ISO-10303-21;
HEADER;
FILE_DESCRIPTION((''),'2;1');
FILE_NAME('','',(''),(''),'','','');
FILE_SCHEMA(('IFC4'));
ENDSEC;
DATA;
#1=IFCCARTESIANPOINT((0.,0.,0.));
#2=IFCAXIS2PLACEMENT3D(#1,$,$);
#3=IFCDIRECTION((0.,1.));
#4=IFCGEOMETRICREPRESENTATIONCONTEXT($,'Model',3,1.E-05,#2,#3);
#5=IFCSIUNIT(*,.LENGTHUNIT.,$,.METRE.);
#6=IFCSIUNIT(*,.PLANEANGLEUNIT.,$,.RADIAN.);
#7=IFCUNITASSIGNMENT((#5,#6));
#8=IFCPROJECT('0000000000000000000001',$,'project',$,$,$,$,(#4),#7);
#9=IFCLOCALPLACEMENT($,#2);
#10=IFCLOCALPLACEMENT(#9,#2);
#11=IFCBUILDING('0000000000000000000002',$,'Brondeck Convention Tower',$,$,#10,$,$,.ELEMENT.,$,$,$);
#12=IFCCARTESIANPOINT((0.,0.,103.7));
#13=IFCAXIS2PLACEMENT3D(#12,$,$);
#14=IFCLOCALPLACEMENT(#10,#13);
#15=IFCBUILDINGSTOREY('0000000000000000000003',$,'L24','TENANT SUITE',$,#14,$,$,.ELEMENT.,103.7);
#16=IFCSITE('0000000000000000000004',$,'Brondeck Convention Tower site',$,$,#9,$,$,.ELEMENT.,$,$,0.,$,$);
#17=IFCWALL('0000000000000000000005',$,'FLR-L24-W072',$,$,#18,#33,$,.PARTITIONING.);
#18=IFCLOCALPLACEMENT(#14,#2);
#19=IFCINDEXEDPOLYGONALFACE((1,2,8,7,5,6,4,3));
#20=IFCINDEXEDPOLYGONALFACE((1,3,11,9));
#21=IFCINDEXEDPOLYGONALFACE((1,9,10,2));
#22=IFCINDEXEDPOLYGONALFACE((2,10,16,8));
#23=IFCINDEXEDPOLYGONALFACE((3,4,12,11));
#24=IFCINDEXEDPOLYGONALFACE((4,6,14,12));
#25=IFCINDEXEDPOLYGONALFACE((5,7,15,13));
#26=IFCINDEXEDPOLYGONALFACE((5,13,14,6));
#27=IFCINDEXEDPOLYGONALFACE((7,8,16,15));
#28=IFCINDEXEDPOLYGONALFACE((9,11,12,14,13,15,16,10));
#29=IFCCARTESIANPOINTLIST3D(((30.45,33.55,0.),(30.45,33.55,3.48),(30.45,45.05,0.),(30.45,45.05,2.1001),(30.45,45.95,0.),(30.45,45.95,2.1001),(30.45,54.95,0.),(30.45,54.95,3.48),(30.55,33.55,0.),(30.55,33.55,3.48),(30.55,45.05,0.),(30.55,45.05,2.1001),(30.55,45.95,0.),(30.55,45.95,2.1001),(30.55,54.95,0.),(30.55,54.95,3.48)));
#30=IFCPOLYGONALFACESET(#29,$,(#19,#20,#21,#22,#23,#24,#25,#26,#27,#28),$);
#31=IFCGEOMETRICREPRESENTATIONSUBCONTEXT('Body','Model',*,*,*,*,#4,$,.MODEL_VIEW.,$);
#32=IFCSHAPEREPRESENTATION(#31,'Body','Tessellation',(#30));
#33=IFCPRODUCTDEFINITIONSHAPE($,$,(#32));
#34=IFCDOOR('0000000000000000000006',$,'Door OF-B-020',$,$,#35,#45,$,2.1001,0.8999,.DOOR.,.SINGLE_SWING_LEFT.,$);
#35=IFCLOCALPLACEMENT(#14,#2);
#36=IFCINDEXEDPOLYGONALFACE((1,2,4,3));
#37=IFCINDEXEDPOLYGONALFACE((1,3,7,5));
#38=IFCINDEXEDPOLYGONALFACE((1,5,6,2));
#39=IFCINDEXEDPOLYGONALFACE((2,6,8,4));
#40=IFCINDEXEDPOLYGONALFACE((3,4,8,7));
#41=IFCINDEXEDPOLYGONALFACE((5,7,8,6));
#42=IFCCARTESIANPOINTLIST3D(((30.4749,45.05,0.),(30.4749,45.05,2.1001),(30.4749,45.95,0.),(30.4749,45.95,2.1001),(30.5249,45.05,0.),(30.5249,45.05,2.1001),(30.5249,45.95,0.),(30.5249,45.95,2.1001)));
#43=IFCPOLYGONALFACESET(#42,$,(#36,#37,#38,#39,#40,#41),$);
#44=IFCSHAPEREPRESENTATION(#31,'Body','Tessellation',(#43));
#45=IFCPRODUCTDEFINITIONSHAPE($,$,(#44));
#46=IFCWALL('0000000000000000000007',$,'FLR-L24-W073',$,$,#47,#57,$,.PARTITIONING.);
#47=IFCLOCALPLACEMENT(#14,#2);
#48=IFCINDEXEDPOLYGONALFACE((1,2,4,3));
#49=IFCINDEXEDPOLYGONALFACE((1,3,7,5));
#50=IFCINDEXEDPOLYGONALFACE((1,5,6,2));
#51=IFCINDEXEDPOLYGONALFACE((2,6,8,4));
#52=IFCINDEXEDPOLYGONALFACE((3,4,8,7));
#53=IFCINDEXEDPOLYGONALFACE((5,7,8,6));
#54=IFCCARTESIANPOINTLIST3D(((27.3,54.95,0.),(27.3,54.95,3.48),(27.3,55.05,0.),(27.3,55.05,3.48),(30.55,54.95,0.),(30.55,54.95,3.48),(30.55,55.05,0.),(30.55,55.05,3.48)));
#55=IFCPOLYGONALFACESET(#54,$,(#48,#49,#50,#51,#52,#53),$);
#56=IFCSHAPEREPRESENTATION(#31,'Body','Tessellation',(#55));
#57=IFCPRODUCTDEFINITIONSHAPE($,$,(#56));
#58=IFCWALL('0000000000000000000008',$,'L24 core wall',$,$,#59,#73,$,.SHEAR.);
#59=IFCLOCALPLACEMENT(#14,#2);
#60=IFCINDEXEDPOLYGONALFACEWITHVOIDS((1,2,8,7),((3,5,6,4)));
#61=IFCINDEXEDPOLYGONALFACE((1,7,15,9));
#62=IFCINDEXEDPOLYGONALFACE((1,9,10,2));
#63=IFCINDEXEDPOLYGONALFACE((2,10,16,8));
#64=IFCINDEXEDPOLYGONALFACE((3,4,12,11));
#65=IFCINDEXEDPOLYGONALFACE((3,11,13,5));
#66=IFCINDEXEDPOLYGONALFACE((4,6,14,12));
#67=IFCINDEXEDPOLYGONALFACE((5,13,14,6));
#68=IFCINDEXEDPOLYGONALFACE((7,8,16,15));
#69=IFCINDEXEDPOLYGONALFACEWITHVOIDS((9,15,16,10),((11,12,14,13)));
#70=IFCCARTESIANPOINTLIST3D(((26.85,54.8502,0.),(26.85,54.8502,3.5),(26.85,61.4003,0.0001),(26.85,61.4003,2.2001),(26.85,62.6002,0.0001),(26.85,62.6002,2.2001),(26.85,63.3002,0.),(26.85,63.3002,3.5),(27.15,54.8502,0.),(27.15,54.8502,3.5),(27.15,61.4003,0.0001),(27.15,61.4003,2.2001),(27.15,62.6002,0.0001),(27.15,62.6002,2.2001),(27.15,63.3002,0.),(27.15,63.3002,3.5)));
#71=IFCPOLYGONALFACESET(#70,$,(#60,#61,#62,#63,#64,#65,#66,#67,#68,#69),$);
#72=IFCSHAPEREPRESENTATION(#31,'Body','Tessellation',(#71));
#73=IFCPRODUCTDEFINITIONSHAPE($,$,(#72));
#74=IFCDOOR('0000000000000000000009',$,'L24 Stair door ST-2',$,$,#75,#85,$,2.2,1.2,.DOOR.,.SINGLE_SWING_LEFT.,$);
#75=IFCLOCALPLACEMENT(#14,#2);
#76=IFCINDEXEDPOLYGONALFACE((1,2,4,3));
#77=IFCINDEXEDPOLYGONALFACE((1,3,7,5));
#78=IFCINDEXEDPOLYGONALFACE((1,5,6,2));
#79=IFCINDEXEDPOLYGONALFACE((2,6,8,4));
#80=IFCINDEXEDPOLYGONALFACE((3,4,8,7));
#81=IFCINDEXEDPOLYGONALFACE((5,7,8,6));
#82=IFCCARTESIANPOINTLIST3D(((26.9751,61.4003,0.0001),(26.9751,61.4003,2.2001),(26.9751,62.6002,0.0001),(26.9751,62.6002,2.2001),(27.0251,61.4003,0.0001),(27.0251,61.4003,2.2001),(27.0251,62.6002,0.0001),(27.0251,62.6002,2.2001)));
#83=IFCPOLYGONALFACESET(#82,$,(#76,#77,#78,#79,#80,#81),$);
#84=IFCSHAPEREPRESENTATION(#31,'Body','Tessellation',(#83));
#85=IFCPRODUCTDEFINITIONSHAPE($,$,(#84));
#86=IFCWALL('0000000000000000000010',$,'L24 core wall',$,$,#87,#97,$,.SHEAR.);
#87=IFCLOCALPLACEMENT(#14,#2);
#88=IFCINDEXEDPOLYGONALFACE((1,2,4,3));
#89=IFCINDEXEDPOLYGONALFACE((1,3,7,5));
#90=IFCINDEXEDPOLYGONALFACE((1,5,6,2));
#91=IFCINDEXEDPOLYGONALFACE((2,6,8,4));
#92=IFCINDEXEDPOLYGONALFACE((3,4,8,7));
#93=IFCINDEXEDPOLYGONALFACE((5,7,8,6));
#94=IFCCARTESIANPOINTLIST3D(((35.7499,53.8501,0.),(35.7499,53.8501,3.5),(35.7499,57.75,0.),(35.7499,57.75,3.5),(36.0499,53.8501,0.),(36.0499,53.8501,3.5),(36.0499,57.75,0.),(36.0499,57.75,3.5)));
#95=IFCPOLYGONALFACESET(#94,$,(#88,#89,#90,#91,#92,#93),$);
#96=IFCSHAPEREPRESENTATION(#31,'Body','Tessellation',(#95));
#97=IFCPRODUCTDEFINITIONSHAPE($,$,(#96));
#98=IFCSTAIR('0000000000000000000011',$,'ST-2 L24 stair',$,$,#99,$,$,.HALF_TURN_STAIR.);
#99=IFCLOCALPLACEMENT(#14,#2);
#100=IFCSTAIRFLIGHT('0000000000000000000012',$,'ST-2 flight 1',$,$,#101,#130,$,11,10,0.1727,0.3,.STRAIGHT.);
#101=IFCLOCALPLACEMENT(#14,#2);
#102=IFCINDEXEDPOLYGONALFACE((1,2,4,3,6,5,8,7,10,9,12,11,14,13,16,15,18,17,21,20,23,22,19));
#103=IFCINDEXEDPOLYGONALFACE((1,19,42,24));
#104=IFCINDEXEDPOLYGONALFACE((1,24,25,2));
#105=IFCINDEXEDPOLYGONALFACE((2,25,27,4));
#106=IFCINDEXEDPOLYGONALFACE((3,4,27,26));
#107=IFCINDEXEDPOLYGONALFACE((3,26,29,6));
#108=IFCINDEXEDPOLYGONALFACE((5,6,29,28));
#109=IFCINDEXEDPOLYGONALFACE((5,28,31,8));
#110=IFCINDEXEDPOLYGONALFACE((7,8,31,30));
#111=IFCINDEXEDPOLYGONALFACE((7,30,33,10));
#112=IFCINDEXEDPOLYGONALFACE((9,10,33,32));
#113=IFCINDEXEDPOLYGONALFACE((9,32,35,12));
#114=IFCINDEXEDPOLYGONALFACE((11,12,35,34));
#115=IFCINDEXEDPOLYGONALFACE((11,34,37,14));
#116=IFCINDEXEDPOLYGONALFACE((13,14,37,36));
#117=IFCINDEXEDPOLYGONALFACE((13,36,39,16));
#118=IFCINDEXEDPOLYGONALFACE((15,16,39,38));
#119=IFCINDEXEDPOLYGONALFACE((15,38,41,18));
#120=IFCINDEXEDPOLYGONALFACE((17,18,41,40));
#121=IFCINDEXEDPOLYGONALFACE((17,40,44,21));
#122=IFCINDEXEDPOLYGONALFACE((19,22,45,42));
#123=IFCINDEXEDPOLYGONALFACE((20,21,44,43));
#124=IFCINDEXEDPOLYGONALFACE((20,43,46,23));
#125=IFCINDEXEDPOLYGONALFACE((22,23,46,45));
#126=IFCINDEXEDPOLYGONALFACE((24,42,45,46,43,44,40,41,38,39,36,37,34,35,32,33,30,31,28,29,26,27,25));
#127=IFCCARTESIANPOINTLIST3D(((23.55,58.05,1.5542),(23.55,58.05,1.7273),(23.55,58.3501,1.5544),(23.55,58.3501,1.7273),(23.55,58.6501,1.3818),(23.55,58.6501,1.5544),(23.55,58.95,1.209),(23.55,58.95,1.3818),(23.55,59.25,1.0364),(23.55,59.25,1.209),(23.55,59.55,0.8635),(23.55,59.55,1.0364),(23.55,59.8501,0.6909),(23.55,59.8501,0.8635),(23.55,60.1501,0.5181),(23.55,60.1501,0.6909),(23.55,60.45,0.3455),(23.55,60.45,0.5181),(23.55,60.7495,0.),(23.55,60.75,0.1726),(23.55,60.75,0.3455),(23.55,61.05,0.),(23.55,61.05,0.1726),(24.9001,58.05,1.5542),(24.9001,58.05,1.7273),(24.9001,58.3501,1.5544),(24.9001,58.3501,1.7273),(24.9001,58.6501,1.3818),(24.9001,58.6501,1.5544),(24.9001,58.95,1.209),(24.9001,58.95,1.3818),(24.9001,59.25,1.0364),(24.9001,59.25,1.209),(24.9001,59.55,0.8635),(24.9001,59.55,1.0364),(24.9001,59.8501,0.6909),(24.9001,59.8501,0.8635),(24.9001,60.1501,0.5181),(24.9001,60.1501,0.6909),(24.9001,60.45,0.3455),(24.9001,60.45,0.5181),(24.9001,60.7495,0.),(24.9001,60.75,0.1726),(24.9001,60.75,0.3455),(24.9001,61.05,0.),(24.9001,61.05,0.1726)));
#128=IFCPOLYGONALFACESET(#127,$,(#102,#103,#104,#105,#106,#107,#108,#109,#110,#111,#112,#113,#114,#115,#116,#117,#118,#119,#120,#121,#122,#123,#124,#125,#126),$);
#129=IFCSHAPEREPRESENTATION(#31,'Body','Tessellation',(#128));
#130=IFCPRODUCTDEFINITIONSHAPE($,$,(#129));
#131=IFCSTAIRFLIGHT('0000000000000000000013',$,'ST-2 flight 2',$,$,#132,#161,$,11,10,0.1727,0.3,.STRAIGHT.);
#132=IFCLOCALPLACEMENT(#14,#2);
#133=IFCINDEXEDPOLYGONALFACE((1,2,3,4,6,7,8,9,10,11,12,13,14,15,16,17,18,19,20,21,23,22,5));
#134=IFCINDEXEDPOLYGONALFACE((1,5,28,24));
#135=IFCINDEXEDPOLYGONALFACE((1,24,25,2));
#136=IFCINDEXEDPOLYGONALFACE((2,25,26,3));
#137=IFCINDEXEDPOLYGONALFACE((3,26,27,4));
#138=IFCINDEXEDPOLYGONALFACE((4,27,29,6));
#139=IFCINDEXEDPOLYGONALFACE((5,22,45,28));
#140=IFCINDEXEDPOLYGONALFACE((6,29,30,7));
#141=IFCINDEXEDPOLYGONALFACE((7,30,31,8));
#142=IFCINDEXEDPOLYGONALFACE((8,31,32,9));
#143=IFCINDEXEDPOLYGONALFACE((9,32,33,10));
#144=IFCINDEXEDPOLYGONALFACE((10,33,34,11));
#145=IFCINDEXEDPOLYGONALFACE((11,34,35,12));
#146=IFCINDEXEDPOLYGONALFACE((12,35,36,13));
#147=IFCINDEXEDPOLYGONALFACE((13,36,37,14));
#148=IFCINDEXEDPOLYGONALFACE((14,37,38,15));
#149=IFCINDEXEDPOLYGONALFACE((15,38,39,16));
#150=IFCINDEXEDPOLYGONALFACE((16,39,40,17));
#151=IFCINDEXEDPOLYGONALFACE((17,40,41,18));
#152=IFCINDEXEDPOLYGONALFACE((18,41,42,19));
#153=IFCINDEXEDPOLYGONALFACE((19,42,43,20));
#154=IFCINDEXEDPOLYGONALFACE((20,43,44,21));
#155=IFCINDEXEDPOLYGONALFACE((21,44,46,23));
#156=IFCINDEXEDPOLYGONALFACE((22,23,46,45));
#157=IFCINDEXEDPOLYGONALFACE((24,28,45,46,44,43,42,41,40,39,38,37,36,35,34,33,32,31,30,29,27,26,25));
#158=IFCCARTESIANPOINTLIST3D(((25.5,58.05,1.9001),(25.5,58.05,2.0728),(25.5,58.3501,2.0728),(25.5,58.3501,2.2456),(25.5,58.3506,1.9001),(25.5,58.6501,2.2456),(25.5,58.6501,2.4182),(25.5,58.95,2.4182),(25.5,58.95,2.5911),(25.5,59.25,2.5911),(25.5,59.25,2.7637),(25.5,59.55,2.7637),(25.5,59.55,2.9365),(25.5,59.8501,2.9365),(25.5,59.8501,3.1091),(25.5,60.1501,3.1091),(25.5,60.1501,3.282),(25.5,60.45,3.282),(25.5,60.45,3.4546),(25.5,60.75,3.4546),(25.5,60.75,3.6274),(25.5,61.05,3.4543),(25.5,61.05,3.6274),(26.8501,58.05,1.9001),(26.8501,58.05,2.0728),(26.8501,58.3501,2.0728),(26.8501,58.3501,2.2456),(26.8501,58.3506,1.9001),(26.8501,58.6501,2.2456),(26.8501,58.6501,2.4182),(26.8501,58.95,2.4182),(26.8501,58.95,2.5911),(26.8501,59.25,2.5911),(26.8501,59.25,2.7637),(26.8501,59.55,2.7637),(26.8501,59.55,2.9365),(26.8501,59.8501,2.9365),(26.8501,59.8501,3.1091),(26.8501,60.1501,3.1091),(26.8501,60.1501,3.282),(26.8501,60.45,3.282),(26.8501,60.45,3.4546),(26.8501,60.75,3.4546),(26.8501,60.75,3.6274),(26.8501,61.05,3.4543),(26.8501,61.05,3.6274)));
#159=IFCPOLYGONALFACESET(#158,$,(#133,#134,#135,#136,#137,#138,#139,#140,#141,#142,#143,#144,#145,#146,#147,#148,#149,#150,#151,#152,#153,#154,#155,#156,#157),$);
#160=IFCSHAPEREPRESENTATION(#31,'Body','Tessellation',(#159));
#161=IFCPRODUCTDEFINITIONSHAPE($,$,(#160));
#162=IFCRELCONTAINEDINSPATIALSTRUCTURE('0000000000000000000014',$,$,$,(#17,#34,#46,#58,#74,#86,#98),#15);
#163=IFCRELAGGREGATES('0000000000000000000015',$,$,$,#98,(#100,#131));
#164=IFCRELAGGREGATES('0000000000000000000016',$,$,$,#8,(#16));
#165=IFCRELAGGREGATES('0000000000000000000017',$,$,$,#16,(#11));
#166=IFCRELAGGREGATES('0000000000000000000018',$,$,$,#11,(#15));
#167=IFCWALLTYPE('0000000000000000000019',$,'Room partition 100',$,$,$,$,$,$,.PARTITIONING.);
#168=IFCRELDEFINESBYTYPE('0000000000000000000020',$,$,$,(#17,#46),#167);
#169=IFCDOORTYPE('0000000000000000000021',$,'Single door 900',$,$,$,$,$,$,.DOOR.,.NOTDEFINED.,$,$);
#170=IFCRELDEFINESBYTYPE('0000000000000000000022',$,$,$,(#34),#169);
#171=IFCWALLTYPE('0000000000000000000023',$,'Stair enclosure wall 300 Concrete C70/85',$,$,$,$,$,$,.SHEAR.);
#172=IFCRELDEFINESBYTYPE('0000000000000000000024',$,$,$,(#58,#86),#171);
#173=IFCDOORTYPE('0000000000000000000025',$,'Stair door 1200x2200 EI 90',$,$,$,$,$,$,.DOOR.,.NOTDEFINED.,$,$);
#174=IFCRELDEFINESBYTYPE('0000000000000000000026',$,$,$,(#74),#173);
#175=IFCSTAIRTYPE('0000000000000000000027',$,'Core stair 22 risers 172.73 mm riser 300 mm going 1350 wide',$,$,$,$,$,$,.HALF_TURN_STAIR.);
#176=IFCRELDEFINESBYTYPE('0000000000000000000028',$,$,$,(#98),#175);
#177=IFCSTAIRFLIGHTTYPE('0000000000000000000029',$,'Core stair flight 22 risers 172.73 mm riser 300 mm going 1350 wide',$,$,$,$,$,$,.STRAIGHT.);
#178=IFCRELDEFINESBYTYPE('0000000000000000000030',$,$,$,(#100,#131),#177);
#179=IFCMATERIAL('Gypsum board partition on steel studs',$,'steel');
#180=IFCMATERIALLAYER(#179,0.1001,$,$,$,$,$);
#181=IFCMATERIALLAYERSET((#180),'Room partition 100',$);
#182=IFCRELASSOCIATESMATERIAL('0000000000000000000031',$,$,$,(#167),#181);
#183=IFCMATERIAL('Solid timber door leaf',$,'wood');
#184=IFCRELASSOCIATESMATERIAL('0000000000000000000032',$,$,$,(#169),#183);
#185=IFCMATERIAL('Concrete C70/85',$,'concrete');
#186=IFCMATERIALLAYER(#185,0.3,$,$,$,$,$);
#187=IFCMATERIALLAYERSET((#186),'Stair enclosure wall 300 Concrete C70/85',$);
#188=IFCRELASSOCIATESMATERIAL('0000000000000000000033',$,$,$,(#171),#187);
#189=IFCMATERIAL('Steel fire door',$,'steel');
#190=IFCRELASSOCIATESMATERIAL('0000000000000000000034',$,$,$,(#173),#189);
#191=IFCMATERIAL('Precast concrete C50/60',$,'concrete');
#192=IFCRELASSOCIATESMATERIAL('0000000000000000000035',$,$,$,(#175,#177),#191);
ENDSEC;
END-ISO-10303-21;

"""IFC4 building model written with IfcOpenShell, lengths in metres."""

from ifc_helpers import new_model, si_unit, direction, frame, frame_2d, origin, place, context, subcontext, project, spatial, polyline, rectangle, outline, extrude, material, layer, layer_set, type_object, element, fill, aggregate, save


model = new_model("IFC4")

# Units and contexts
model_context = context("Model", 3, precision=1e-05, world=origin(), true_north=direction((0.0, 1.0)))
body_context = subcontext(model_context, "Body", "Model", "MODEL_VIEW")
ifc_project = project(units=[si_unit("LENGTHUNIT", "METRE"), si_unit("PLANEANGLEUNIT", "RADIAN")], contexts=[model_context])

# Site, building, storey
site_placement = place(None, origin())
site = spatial("IfcSite", under=ifc_project, at=site_placement, Name="Brondeck Convention Tower site", CompositionType="ELEMENT", RefElevation=0.0)
building_placement = place(site_placement, origin())
building = spatial("IfcBuilding", under=site, at=building_placement, Name="Brondeck Convention Tower", CompositionType="ELEMENT")
storey_placement = place(building_placement, frame((0.0, 0.0, 103.7)))
storey = spatial("IfcBuildingStorey", under=building, at=storey_placement, Name="L24", Description="TENANT SUITE", CompositionType="ELEMENT", Elevation=103.7)

# Shared definitions
ifc_material_1 = material(Name="Concrete C70/85", Category="concrete")

# Shared definitions
ifc_material_2 = material(Name="Gypsum board partition on steel studs", Category="steel")
ifc_layer_1 = layer(ifc_material_2, 0.1001)
ifc_layer_set_1 = layer_set([ifc_layer_1], Name="Room partition 100")
wall_type_1 = type_object("IfcWallType", Name="Room partition 100", PredefinedType="PARTITIONING", material=ifc_layer_set_1)

# Wall, opening, door
wall_1_placement = place(storey_placement, frame((30.5, 54.95, 0.0), z_axis=(0.0, 0.0, 1.0), x_axis=(0.0, -1.0, 0.0)))
wall_1 = element("IfcWall", 1, at=wall_1_placement, inside=storey, type_object=wall_type_1, Name="FLR-L24-W072", PredefinedType="PARTITIONING", context=body_context, shape_type="SweptSolid", body=[
    extrude(rectangle(XDim=21.3999, YDim=0.1001, at=frame_2d((10.7, 0.0))), origin(), (0.0, 0.0, 1.0), 3.48),
])
opening_1_placement = place(wall_1_placement, frame((9.0, 0.0, 0.0)))
opening_1 = element("IfcOpeningElement", 2, at=opening_1_placement, cuts=wall_1, PredefinedType="OPENING", context=body_context, shape_type="SweptSolid", body=[
    extrude(rectangle(XDim=0.8999, YDim=2.1001, at=frame_2d((0.45, 1.05))), frame((0.0, 0.0601, 0.0), z_axis=(0.0, -1.0, 0.0), x_axis=(1.0, 0.0, 0.0)), (0.0, 0.0, 1.0), 0.1201),
])
ifc_material_3 = material(Name="Solid timber door leaf", Category="wood")
door_type_1 = type_object("IfcDoorType", Name="Single door 900", OperationType="NOTDEFINED", PredefinedType="DOOR", material=ifc_material_3)
door_1_placement = place(opening_1_placement, origin())
door_1 = element("IfcDoor", 3, at=door_1_placement, inside=storey, type_object=door_type_1, Name="Door OF-B-020", OperationType="SINGLE_SWING_LEFT", OverallHeight=2.1001, OverallWidth=0.8999, PredefinedType="DOOR", context=body_context, shape_type="SweptSolid", body=[
    extrude(rectangle(XDim=0.8999, YDim=2.1001, at=frame_2d((0.45, 1.05))), frame((0.0, 0.0249, 0.0), z_axis=(0.0, -1.0, 0.0), x_axis=(1.0, 0.0, 0.0)), (0.0, 0.0, 1.0), 0.05),
])
fill(opening_1, door_1)

# Wall
wall_2_placement = place(storey_placement, frame((27.3, 55.0, 0.0), z_axis=(0.0, 0.0, 1.0), x_axis=(1.0, 0.0, 0.0)))
element("IfcWall", 4, at=wall_2_placement, inside=storey, type_object=wall_type_1, Name="FLR-L24-W073", PredefinedType="PARTITIONING", context=body_context, shape_type="SweptSolid", body=[
    extrude(rectangle(XDim=3.25, YDim=0.1001, at=frame_2d((1.625, 0.0))), origin(), (0.0, 0.0, 1.0), 3.48),
])

# Wall, opening, door
ifc_layer_2 = layer(ifc_material_1, 0.3)
ifc_layer_set_2 = layer_set([ifc_layer_2], Name="Stair enclosure wall 300 Concrete C70/85")
wall_type_2 = type_object("IfcWallType", Name="Stair enclosure wall 300 Concrete C70/85", PredefinedType="SHEAR", material=ifc_layer_set_2)
wall_3_placement = place(storey_placement, frame((27.0, 54.8501, 0.0), z_axis=(0.0, 0.0, 1.0), x_axis=(0.0, 1.0, 0.0)))
wall_3 = element("IfcWall", 5, at=wall_3_placement, inside=storey, type_object=wall_type_2, Name="L24 core wall", PredefinedType="SHEAR", context=body_context, shape_type="SweptSolid", body=[
    extrude(rectangle(XDim=8.45, YDim=0.3, at=frame_2d((4.2251, 0.0))), origin(), (0.0, 0.0, 1.0), 3.5),
])
opening_2_placement = place(wall_3_placement, frame((6.55, 0.0, 0.0)))
opening_2 = element("IfcOpeningElement", 6, at=opening_2_placement, cuts=wall_3, PredefinedType="OPENING", context=body_context, shape_type="SweptSolid", body=[
    extrude(rectangle(XDim=1.2, YDim=2.2, at=frame_2d((0.6001, 1.1001))), frame((0.0, 0.1599, 0.0), z_axis=(0.0, -1.0, 0.0), x_axis=(1.0, 0.0, 0.0)), (0.0, 0.0, 1.0), 0.3201),
])
ifc_material_4 = material(Name="Steel fire door", Category="steel")
door_type_2 = type_object("IfcDoorType", Name="Stair door 1200x2200 EI 90", OperationType="NOTDEFINED", PredefinedType="DOOR", material=ifc_material_4)
door_2_placement = place(opening_2_placement, origin())
door_2 = element("IfcDoor", 7, at=door_2_placement, inside=storey, type_object=door_type_2, Name="L24 Stair door ST-2", OperationType="SINGLE_SWING_LEFT", OverallHeight=2.2, OverallWidth=1.2, PredefinedType="DOOR", context=body_context, shape_type="SweptSolid", body=[
    extrude(rectangle(XDim=1.2, YDim=2.2, at=frame_2d((0.6001, 1.1001))), frame((0.0, 0.0249, 0.0), z_axis=(0.0, -1.0, 0.0), x_axis=(1.0, 0.0, 0.0)), (0.0, 0.0, 1.0), 0.05),
])
fill(opening_2, door_2)

# Wall
wall_4_placement = place(storey_placement, frame((35.8999, 53.8501, 0.0), z_axis=(0.0, 0.0, 1.0), x_axis=(0.0, 1.0, 0.0)))
element("IfcWall", 8, at=wall_4_placement, inside=storey, type_object=wall_type_2, Name="L24 core wall", PredefinedType="SHEAR", context=body_context, shape_type="SweptSolid", body=[
    extrude(rectangle(XDim=3.8999, YDim=0.3, at=frame_2d((1.95, 0.0))), origin(), (0.0, 0.0, 1.0), 3.5),
])

# Stair, stair flights
ifc_material_5 = material(Name="Precast concrete C50/60", Category="concrete")
stair_type = type_object("IfcStairType", Name="Core stair 22 risers 172.73 mm riser 300 mm going 1350 wide", PredefinedType="HALF_TURN_STAIR", material=ifc_material_5)
stair_placement = place(storey_placement, origin())
stair = element("IfcStair", 9, at=stair_placement, inside=storey, type_object=stair_type, Name="ST-2 L24 stair", PredefinedType="HALF_TURN_STAIR")
stair_flight_type = type_object("IfcStairFlightType", Name="Core stair flight 22 risers 172.73 mm riser 300 mm going 1350 wide", PredefinedType="STRAIGHT", material=ifc_material_5)
stair_flight_1_placement = place(storey_placement, frame((24.2251, 61.05, 0.0), z_axis=(0.0, 0.0, 1.0), x_axis=(0.0, -1.0, 0.0)))
stair_flight_1 = element("IfcStairFlight", 10, at=stair_flight_1_placement, type_object=stair_flight_type, Name="ST-2 flight 1", NumberOfRisers=11, NumberOfTreads=10, PredefinedType="STRAIGHT", RiserHeight=0.1727, TreadLength=0.3, context=body_context, shape_type="SweptSolid", body=[
    extrude(outline(polyline([(0.0, 0.0), (0.0, 0.1726), (0.3, 0.1726), (0.3, 0.3455), (0.6001, 0.3455), (0.6001, 0.5181), (0.8999, 0.5181), (0.8999, 0.6909), (1.2, 0.6909), (1.2, 0.8635), (1.5, 0.8635), (1.5, 1.0364), (1.8, 1.0364), (1.8, 1.209), (2.1001, 1.209), (2.1001, 1.3818), (2.3999, 1.3818), (2.3999, 1.5544), (2.7, 1.5544), (2.7, 1.7273), (3.0, 1.7273), (3.0, 1.8999), (3.0, 1.5542), (0.3005, 0.0), (0.0, 0.0)])), frame((0.0, 0.675, 0.0), z_axis=(0.0, -1.0, 0.0), x_axis=(1.0, 0.0, 0.0)), (0.0, 0.0, 1.0), 1.3501),
])
stair_flight_2_placement = place(storey_placement, frame((26.175, 58.05, 1.9001), z_axis=(0.0, 0.0, 1.0), x_axis=(0.0, 1.0, 0.0)))
stair_flight_2 = element("IfcStairFlight", 11, at=stair_flight_2_placement, type_object=stair_flight_type, Name="ST-2 flight 2", NumberOfRisers=11, NumberOfTreads=10, PredefinedType="STRAIGHT", RiserHeight=0.1727, TreadLength=0.3, context=body_context, shape_type="SweptSolid", body=[
    extrude(outline(polyline([(0.0, 0.0), (0.0, 0.1726), (0.3, 0.1726), (0.3, 0.3455), (0.6001, 0.3455), (0.6001, 0.5181), (0.8999, 0.5181), (0.8999, 0.6909), (1.2, 0.6909), (1.2, 0.8635), (1.5, 0.8635), (1.5, 1.0364), (1.8, 1.0364), (1.8, 1.209), (2.1001, 1.209), (2.1001, 1.3818), (2.3999, 1.3818), (2.3999, 1.5544), (2.7, 1.5544), (2.7, 1.7273), (3.0, 1.7273), (3.0, 1.8999), (3.0, 1.5542), (0.3005, 0.0), (0.0, 0.0)])), frame((0.0, 0.675, 0.0), z_axis=(0.0, -1.0, 0.0), x_axis=(1.0, 0.0, 0.0)), (0.0, 0.0, 1.0), 1.3501),
])
aggregate(stair, [stair_flight_1, stair_flight_2])

save(model, "model.ifc")
